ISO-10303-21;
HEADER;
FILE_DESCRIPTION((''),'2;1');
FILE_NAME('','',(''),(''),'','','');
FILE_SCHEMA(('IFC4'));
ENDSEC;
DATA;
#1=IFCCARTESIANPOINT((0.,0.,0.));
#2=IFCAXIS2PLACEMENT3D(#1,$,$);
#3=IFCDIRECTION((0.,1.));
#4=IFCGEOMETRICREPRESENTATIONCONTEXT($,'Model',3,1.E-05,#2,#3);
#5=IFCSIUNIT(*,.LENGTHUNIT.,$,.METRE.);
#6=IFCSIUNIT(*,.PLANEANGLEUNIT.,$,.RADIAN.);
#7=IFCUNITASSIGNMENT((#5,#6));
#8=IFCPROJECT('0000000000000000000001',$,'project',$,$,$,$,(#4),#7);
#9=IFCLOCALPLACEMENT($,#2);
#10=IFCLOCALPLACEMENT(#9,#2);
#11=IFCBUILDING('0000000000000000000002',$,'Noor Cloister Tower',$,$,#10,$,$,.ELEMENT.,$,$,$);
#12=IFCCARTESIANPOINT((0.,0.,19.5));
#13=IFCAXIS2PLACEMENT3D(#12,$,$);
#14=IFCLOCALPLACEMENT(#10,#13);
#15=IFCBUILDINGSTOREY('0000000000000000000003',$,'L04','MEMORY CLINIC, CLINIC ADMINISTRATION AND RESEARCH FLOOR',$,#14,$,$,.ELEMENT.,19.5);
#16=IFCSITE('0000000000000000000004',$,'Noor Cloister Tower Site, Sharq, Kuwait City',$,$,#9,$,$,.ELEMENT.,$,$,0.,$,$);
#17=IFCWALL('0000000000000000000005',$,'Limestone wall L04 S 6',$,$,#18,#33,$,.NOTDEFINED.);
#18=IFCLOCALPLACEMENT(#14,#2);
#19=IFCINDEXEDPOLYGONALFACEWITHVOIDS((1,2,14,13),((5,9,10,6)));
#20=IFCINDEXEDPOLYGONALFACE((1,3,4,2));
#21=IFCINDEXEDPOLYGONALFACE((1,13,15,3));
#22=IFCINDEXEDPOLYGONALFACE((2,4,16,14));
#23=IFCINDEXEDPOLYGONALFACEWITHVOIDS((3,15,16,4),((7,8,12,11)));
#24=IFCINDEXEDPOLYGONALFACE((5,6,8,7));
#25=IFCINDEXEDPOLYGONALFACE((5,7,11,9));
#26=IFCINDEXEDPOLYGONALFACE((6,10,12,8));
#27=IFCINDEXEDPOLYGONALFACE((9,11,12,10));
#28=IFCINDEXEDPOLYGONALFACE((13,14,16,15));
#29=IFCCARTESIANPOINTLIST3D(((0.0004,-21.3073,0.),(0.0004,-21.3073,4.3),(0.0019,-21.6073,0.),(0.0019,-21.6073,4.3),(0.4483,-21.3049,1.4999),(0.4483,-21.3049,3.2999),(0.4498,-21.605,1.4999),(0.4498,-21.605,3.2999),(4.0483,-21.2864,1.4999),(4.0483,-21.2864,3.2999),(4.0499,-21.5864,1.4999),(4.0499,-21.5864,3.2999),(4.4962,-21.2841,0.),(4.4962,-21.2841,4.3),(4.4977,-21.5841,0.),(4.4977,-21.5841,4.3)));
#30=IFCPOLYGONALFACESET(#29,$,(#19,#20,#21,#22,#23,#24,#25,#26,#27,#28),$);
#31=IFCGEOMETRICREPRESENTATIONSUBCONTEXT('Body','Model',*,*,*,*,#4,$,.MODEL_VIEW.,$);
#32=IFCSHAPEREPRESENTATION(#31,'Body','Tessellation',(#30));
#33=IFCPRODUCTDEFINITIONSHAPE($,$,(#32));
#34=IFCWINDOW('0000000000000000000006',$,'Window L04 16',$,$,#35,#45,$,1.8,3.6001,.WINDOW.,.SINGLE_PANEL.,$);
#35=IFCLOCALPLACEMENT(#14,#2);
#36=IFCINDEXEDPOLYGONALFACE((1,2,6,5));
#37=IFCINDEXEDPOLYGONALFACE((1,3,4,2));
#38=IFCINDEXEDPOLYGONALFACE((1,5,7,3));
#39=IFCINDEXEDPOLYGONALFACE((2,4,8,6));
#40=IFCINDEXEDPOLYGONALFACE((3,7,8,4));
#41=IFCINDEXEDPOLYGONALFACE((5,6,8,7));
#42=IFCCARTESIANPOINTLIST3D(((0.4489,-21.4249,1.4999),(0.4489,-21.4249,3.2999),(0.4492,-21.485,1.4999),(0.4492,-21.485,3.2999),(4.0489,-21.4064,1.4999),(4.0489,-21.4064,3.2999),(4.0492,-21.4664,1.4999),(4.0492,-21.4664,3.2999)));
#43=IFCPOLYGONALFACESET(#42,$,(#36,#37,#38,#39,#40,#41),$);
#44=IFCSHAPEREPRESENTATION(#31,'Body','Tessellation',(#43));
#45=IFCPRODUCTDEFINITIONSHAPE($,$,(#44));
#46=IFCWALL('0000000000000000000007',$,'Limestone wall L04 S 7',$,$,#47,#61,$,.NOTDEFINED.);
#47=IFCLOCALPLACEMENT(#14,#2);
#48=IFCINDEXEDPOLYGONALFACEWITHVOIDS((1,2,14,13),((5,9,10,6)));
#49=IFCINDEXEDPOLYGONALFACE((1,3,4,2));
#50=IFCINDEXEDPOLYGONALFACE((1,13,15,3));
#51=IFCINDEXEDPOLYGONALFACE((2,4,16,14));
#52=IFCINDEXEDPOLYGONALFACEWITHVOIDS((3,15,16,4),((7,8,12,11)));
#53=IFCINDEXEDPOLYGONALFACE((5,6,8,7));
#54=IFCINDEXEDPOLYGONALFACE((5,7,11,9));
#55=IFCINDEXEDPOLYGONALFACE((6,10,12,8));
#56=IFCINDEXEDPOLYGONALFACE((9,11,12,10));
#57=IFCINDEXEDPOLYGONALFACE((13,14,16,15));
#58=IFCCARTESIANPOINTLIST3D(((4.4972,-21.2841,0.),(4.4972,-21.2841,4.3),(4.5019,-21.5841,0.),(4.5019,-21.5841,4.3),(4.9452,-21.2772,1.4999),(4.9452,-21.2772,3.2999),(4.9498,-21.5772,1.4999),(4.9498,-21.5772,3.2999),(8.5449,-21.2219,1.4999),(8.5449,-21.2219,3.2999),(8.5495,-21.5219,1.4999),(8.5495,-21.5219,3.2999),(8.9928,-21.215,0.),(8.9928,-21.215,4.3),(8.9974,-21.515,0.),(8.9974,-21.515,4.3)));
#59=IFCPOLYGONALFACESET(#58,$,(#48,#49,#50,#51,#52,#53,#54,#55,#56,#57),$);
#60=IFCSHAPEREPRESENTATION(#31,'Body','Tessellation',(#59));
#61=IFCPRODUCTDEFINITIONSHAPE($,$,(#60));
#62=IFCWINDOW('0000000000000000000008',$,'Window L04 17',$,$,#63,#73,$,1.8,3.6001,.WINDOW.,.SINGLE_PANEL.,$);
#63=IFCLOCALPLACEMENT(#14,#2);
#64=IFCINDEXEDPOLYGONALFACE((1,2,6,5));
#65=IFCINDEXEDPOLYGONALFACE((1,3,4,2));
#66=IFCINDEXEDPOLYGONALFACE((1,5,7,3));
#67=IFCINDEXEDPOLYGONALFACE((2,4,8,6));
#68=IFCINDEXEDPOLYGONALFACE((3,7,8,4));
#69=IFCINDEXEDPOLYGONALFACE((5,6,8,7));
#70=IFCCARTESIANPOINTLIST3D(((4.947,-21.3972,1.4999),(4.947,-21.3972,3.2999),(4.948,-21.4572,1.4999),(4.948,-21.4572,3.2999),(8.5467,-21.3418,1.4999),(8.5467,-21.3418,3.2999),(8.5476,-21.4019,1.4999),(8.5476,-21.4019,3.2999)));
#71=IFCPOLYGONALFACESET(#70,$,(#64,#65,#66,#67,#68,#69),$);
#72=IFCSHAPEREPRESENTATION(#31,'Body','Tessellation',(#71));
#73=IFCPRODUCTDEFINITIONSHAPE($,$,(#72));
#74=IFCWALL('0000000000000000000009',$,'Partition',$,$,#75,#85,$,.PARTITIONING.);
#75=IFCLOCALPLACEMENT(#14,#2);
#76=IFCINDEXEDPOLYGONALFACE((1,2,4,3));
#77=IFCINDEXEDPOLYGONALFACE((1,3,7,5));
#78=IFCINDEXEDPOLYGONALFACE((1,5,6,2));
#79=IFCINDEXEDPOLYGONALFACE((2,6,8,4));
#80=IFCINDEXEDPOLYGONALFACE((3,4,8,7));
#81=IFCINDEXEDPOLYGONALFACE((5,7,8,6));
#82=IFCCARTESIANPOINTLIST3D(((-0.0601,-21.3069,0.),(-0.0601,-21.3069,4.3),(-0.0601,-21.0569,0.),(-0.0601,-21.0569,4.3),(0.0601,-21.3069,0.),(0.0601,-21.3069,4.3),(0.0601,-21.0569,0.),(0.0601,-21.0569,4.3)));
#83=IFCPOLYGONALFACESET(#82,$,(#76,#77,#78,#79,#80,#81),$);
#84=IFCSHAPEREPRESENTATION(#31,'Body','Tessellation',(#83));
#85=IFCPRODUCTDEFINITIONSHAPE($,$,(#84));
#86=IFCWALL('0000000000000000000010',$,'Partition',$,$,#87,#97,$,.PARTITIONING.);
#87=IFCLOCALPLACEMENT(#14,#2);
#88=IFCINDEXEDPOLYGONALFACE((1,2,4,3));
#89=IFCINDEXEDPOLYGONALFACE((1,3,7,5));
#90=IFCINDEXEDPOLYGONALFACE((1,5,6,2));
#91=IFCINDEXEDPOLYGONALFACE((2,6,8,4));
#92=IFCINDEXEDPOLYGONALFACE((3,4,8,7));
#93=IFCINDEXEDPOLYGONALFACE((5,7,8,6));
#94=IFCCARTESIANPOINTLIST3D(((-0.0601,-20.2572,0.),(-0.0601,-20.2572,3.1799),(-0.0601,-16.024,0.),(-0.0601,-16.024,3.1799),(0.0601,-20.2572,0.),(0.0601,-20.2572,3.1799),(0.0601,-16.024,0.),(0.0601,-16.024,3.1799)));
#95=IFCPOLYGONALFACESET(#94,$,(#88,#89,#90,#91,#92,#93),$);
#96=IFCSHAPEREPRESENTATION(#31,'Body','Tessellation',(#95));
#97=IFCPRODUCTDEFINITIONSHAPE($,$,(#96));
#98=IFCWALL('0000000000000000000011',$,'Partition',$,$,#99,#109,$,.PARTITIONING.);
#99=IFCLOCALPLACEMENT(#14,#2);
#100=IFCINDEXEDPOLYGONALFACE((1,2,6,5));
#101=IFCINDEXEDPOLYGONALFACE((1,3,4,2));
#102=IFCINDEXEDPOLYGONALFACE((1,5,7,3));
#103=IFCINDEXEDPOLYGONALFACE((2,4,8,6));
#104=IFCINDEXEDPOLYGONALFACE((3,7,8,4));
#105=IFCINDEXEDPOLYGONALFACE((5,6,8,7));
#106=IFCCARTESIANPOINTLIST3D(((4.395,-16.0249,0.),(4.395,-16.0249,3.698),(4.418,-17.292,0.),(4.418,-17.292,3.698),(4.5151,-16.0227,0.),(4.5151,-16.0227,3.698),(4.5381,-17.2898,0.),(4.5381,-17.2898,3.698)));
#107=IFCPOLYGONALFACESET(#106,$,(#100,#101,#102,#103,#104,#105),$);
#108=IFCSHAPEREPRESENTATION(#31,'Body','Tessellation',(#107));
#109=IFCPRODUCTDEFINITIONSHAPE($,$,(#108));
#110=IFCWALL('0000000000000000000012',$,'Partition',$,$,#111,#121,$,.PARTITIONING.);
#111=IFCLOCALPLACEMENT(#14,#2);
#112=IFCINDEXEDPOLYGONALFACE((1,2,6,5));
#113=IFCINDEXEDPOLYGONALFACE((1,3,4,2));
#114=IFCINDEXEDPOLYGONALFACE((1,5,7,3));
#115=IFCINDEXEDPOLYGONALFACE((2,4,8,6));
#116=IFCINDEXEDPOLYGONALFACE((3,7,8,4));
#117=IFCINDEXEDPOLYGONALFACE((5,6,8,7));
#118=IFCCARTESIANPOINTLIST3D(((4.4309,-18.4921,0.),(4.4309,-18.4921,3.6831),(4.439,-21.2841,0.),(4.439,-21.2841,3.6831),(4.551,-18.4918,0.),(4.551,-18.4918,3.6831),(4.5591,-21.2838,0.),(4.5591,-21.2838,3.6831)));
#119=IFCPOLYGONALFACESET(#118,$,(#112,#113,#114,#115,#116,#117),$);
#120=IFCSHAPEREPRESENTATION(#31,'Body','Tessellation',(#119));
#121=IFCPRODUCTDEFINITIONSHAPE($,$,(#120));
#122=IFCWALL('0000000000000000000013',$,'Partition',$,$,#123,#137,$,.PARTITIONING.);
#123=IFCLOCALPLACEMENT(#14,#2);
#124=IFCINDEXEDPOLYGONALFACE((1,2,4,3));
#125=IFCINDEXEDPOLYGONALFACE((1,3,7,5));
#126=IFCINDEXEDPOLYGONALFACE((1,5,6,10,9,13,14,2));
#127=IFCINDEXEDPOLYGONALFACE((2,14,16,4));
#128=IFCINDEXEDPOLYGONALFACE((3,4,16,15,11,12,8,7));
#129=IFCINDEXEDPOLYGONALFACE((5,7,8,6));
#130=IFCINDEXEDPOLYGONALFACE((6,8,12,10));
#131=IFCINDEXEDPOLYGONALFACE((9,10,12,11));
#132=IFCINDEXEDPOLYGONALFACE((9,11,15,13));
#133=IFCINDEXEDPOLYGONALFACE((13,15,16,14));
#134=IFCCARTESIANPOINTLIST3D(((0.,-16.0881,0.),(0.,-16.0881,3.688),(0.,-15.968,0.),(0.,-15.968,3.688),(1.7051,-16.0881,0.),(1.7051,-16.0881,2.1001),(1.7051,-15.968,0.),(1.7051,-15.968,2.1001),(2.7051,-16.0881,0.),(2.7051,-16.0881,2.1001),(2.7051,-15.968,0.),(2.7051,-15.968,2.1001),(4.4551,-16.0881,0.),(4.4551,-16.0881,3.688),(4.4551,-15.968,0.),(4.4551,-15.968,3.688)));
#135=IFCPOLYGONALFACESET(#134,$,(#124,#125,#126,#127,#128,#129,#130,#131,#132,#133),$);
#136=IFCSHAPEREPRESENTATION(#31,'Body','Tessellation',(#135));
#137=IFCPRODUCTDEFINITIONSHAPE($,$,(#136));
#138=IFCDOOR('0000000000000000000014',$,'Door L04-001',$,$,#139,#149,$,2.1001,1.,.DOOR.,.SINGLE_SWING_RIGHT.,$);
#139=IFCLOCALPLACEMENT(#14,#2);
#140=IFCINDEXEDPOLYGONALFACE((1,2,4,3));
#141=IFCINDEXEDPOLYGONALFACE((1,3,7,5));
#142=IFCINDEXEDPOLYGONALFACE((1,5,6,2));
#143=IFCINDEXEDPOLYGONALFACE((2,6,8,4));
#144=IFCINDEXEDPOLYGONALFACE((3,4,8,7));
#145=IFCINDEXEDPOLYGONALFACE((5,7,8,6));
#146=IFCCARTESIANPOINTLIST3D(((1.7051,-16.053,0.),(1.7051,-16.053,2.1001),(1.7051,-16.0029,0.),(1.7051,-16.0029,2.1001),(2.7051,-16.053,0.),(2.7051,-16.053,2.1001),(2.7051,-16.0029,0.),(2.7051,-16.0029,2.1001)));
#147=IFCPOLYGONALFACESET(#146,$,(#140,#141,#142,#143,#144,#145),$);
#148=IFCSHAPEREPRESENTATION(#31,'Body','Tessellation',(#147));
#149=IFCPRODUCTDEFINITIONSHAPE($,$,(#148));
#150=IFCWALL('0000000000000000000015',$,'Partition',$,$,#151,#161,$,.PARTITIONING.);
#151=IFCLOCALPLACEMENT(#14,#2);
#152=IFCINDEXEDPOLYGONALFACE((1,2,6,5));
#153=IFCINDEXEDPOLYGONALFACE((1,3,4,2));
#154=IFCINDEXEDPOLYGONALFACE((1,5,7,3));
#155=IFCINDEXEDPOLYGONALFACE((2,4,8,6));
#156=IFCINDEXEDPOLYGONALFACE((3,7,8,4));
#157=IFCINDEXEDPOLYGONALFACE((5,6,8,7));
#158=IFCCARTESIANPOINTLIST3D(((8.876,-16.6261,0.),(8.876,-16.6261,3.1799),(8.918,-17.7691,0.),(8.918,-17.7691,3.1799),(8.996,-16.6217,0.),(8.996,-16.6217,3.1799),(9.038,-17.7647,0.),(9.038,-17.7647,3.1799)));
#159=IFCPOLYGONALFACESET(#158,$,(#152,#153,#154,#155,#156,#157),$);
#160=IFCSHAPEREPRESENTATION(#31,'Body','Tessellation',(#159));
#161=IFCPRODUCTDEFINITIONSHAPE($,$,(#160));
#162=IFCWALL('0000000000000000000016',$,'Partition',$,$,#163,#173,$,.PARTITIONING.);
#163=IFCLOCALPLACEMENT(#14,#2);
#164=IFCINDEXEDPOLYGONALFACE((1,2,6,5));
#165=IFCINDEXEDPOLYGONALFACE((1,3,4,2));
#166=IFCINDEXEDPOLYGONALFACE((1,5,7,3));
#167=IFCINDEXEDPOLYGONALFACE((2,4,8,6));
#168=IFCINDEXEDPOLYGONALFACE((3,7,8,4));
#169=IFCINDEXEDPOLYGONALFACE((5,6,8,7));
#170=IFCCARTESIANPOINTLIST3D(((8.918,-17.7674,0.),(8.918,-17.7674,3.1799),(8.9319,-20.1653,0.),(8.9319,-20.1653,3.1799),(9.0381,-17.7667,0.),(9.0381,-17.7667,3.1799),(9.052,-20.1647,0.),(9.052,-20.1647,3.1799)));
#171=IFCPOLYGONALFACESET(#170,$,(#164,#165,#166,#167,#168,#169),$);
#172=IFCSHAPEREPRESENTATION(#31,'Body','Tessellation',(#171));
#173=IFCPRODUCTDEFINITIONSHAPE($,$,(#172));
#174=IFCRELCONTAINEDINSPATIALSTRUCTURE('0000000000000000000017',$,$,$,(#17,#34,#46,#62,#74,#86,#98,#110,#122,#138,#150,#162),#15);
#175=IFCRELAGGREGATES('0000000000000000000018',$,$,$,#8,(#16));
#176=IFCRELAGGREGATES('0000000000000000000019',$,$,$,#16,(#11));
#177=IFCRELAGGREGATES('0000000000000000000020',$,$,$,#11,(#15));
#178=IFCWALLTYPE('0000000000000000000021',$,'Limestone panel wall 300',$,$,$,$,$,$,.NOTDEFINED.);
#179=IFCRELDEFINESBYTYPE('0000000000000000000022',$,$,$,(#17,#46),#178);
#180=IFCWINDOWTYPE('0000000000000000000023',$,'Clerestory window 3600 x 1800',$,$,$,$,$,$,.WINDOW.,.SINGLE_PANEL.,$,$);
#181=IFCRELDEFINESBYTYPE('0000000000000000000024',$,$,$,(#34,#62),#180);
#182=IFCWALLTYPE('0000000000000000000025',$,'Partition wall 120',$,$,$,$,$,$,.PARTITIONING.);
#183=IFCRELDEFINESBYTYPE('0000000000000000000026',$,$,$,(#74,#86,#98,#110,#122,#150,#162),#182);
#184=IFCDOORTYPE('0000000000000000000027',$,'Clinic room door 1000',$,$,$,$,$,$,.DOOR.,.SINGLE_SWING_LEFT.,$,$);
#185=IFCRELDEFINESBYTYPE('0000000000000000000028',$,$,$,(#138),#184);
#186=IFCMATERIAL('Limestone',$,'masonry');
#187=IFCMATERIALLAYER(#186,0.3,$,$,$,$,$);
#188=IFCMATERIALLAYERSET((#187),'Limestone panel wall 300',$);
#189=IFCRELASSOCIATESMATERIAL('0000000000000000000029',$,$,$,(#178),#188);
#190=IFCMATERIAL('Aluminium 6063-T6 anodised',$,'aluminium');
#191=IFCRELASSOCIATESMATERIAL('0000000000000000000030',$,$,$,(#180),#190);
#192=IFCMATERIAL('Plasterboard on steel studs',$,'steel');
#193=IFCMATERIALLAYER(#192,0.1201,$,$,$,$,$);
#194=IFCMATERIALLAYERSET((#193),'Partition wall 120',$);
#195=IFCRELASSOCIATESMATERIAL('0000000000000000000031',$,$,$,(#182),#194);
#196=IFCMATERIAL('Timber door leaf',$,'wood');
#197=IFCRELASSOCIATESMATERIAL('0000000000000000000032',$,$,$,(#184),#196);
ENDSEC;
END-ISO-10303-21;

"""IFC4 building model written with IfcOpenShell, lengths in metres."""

from ifc_helpers import new_model, si_unit, direction, frame, frame_2d, origin, place, context, subcontext, project, spatial, rectangle, extrude, material, layer, layer_set, type_object, element, fill, save


model = new_model("IFC4")

# Units and contexts
model_context = context("Model", 3, precision=1e-05, world=origin(), true_north=direction((0.0, 1.0)))
body_context = subcontext(model_context, "Body", "Model", "MODEL_VIEW")
ifc_project = project(units=[si_unit("LENGTHUNIT", "METRE"), si_unit("PLANEANGLEUNIT", "RADIAN")], contexts=[model_context])

# Site, building, storey
site_placement = place(None, origin())
site = spatial("IfcSite", under=ifc_project, at=site_placement, Name="Noor Cloister Tower Site, Sharq, Kuwait City", CompositionType="ELEMENT", RefElevation=0.0)
building_placement = place(site_placement, origin())
building = spatial("IfcBuilding", under=site, at=building_placement, Name="Noor Cloister Tower", CompositionType="ELEMENT")
storey_placement = place(building_placement, frame((0.0, 0.0, 19.5)))
storey = spatial("IfcBuildingStorey", under=building, at=storey_placement, Name="L04", Description="MEMORY CLINIC, CLINIC ADMINISTRATION AND RESEARCH FLOOR", CompositionType="ELEMENT", Elevation=19.5)

# Walls, openings, windows
ifc_material_1 = material(Name="Limestone", Category="masonry")
ifc_layer_1 = layer(ifc_material_1, 0.3)
ifc_layer_set_1 = layer_set([ifc_layer_1], Name="Limestone panel wall 300")
wall_type_1 = type_object("IfcWallType", Name="Limestone panel wall 300", PredefinedType="NOTDEFINED", material=ifc_layer_set_1)
wall_1_placement = place(storey_placement, frame((4.4971, -21.4341, 0.0), z_axis=(0.0, 0.0, 1.0), x_axis=(-0.999987, -0.005159, 0.0)))
wall_1 = element("IfcWall", 1, at=wall_1_placement, inside=storey, type_object=wall_type_1, Name="Limestone wall L04 S 6", PredefinedType="NOTDEFINED", context=body_context, shape_type="SweptSolid", body=[
    extrude(rectangle(XDim=4.4958, YDim=0.3, at=frame_2d((2.248, 0.0))), origin(), (0.0, 0.0, 1.0), 4.3),
])
opening_1_placement = place(wall_1_placement, frame((0.448, 0.0, 1.5)))
opening_1 = element("IfcOpeningElement", 2, at=opening_1_placement, cuts=wall_1, PredefinedType="OPENING", context=body_context, shape_type="SweptSolid", body=[
    extrude(rectangle(XDim=3.6001, YDim=1.8, at=frame_2d((1.8, 0.8999))), frame((0.0, 0.1602, 0.0), z_axis=(0.0, -1.0, 0.0), x_axis=(1.0, 0.0, 0.0)), (0.0, 0.0, 1.0), 0.3201),
])
ifc_material_2 = material(Name="Aluminium 6063-T6 anodised", Category="aluminium")
window_type = type_object("IfcWindowType", Name="Clerestory window 3600 x 1800", PartitioningType="SINGLE_PANEL", PredefinedType="WINDOW", material=ifc_material_2)
window_1_placement = place(opening_1_placement, origin())
window_1 = element("IfcWindow", 3, at=window_1_placement, inside=storey, type_object=window_type, Name="Window L04 16", OverallHeight=1.8, OverallWidth=3.6001, PartitioningType="SINGLE_PANEL", PredefinedType="WINDOW", context=body_context, shape_type="SweptSolid", body=[
    extrude(rectangle(XDim=3.6001, YDim=1.8, at=frame_2d((1.8, 0.8999))), frame((0.0, 0.03, 0.0), z_axis=(0.0, -1.0, 0.0), x_axis=(1.0, 0.0, 0.0)), (0.0, 0.0, 1.0), 0.0601),
])
fill(opening_1, window_1)
wall_2_placement = place(storey_placement, frame((8.9951, -21.365, 0.0), z_axis=(0.0, 0.0, 1.0), x_axis=(-0.999882, -0.015367, 0.0)))
wall_2 = element("IfcWall", 4, at=wall_2_placement, inside=storey, type_object=wall_type_1, Name="Limestone wall L04 S 7", PredefinedType="NOTDEFINED", context=body_context, shape_type="SweptSolid", body=[
    extrude(rectangle(XDim=4.4961, YDim=0.3, at=frame_2d((2.248, 0.0))), origin(), (0.0, 0.0, 1.0), 4.3),
])
opening_2_placement = place(wall_2_placement, frame((0.448, 0.0, 1.5)))
opening_2 = element("IfcOpeningElement", 5, at=opening_2_placement, cuts=wall_2, PredefinedType="OPENING", context=body_context, shape_type="SweptSolid", body=[
    extrude(rectangle(XDim=3.6001, YDim=1.8, at=frame_2d((1.8, 0.8999))), frame((0.0, 0.1602, 0.0), z_axis=(0.0, -1.0, 0.0), x_axis=(1.0, 0.0, 0.0)), (0.0, 0.0, 1.0), 0.3201),
])
window_2_placement = place(opening_2_placement, origin())
window_2 = element("IfcWindow", 6, at=window_2_placement, inside=storey, type_object=window_type, Name="Window L04 17", OverallHeight=1.8, OverallWidth=3.6001, PartitioningType="SINGLE_PANEL", PredefinedType="WINDOW", context=body_context, shape_type="SweptSolid", body=[
    extrude(rectangle(XDim=3.6001, YDim=1.8, at=frame_2d((1.8, 0.8999))), frame((0.0, 0.03, 0.0), z_axis=(0.0, -1.0, 0.0), x_axis=(1.0, 0.0, 0.0)), (0.0, 0.0, 1.0), 0.0601),
])
fill(opening_2, window_2)

# Walls
ifc_material_3 = material(Name="Plasterboard on steel studs", Category="steel")
ifc_layer_2 = layer(ifc_material_3, 0.1201)
ifc_layer_set_2 = layer_set([ifc_layer_2], Name="Partition wall 120")
wall_type_2 = type_object("IfcWallType", Name="Partition wall 120", PredefinedType="PARTITIONING", material=ifc_layer_set_2)
wall_3_placement = place(storey_placement, frame((0.0, -21.0569, 0.0), z_axis=(0.0, 0.0, 1.0), x_axis=(0.0, -1.0, 0.0)))
element("IfcWall", 7, at=wall_3_placement, inside=storey, type_object=wall_type_2, Name="Partition", PredefinedType="PARTITIONING", context=body_context, shape_type="SweptSolid", body=[
    extrude(rectangle(XDim=0.25, YDim=0.1201, at=frame_2d((0.125, 0.0))), origin(), (0.0, 0.0, 1.0), 4.3),
])
wall_4_placement = place(storey_placement, frame((0.0, -16.0239, 0.0), z_axis=(0.0, 0.0, 1.0), x_axis=(0.0, -1.0, 0.0)))
element("IfcWall", 8, at=wall_4_placement, inside=storey, type_object=wall_type_2, Name="Partition", PredefinedType="PARTITIONING", context=body_context, shape_type="SweptSolid", body=[
    extrude(rectangle(XDim=4.2332, YDim=0.1201, at=frame_2d((2.1167, 0.0))), origin(), (0.0, 0.0, 1.0), 3.1799),
])
wall_5_placement = place(storey_placement, frame((4.478, -17.291, 0.0), z_axis=(0.0, 0.0, 1.0), x_axis=(-0.018109, 0.999836, 0.0)))
element("IfcWall", 9, at=wall_5_placement, inside=storey, type_object=wall_type_2, Name="Partition", PredefinedType="PARTITIONING", context=body_context, shape_type="SweptSolid", body=[
    extrude(rectangle(XDim=1.2673, YDim=0.1201, at=frame_2d((0.6338, 0.0))), origin(), (0.0, 0.0, 1.0), 3.698),
])
wall_6_placement = place(storey_placement, frame((4.499, -21.2839, 0.0), z_axis=(0.0, 0.0, 1.0), x_axis=(-0.002886, 0.999996, 0.0)))
element("IfcWall", 10, at=wall_6_placement, inside=storey, type_object=wall_type_2, Name="Partition", PredefinedType="PARTITIONING", context=body_context, shape_type="SweptSolid", body=[
    extrude(rectangle(XDim=2.792, YDim=0.1201, at=frame_2d((1.396, 0.0))), origin(), (0.0, 0.0, 1.0), 3.6831),
])

# Wall, opening, door
wall_7_placement = place(storey_placement, frame((4.4551, -16.0281, 0.0), z_axis=(0.0, 0.0, 1.0), x_axis=(-1.0, 0.0, 0.0)))
wall_7 = element("IfcWall", 11, at=wall_7_placement, inside=storey, type_object=wall_type_2, Name="Partition", PredefinedType="PARTITIONING", context=body_context, shape_type="SweptSolid", body=[
    extrude(rectangle(XDim=4.4551, YDim=0.1201, at=frame_2d((2.2275, 0.0))), origin(), (0.0, 0.0, 1.0), 3.688),
])
opening_3_placement = place(wall_7_placement, frame((1.75, 0.0, 0.0)))
opening_3 = element("IfcOpeningElement", 12, at=opening_3_placement, cuts=wall_7, PredefinedType="OPENING", context=body_context, shape_type="SweptSolid", body=[
    extrude(rectangle(XDim=1.0, YDim=2.1001, at=frame_2d((0.5, 1.05))), frame((0.0, 0.0701, 0.0), z_axis=(0.0, -1.0, 0.0), x_axis=(1.0, 0.0, 0.0)), (0.0, 0.0, 1.0), 0.1401),
])
ifc_material_4 = material(Name="Timber door leaf", Category="wood")
door_type = type_object("IfcDoorType", Name="Clinic room door 1000", OperationType="SINGLE_SWING_LEFT", PredefinedType="DOOR", material=ifc_material_4)
door_placement = place(opening_3_placement, origin())
door = element("IfcDoor", 13, at=door_placement, inside=storey, type_object=door_type, Name="Door L04-001", OperationType="SINGLE_SWING_RIGHT", OverallHeight=2.1001, OverallWidth=1.0, PredefinedType="DOOR", context=body_context, shape_type="SweptSolid", body=[
    extrude(rectangle(XDim=1.0, YDim=2.1001, at=frame_2d((0.5, 1.05))), frame((0.0, 0.0249, 0.0), z_axis=(0.0, -1.0, 0.0), x_axis=(1.0, 0.0, 0.0)), (0.0, 0.0, 1.0), 0.05),
])
fill(opening_3, door)

# Walls
wall_8_placement = place(storey_placement, frame((8.936, -16.624, 0.0), z_axis=(0.0, 0.0, 1.0), x_axis=(0.036712, -0.999326, 0.0)))
element("IfcWall", 14, at=wall_8_placement, inside=storey, type_object=wall_type_2, Name="Partition", PredefinedType="PARTITIONING", context=body_context, shape_type="SweptSolid", body=[
    extrude(rectangle(XDim=1.1438, YDim=0.1201, at=frame_2d((0.5718, 0.0))), origin(), (0.0, 0.0, 1.0), 3.1799),
])
wall_9_placement = place(storey_placement, frame((8.978, -17.7671, 0.0), z_axis=(0.0, 0.0, 1.0), x_axis=(0.005803, -0.999983, 0.0)))
element("IfcWall", 15, at=wall_9_placement, inside=storey, type_object=wall_type_2, Name="Partition", PredefinedType="PARTITIONING", context=body_context, shape_type="SweptSolid", body=[
    extrude(rectangle(XDim=2.3979, YDim=0.1201, at=frame_2d((1.199, 0.0))), origin(), (0.0, 0.0, 1.0), 3.1799),
])

save(model, "model.ifc")
